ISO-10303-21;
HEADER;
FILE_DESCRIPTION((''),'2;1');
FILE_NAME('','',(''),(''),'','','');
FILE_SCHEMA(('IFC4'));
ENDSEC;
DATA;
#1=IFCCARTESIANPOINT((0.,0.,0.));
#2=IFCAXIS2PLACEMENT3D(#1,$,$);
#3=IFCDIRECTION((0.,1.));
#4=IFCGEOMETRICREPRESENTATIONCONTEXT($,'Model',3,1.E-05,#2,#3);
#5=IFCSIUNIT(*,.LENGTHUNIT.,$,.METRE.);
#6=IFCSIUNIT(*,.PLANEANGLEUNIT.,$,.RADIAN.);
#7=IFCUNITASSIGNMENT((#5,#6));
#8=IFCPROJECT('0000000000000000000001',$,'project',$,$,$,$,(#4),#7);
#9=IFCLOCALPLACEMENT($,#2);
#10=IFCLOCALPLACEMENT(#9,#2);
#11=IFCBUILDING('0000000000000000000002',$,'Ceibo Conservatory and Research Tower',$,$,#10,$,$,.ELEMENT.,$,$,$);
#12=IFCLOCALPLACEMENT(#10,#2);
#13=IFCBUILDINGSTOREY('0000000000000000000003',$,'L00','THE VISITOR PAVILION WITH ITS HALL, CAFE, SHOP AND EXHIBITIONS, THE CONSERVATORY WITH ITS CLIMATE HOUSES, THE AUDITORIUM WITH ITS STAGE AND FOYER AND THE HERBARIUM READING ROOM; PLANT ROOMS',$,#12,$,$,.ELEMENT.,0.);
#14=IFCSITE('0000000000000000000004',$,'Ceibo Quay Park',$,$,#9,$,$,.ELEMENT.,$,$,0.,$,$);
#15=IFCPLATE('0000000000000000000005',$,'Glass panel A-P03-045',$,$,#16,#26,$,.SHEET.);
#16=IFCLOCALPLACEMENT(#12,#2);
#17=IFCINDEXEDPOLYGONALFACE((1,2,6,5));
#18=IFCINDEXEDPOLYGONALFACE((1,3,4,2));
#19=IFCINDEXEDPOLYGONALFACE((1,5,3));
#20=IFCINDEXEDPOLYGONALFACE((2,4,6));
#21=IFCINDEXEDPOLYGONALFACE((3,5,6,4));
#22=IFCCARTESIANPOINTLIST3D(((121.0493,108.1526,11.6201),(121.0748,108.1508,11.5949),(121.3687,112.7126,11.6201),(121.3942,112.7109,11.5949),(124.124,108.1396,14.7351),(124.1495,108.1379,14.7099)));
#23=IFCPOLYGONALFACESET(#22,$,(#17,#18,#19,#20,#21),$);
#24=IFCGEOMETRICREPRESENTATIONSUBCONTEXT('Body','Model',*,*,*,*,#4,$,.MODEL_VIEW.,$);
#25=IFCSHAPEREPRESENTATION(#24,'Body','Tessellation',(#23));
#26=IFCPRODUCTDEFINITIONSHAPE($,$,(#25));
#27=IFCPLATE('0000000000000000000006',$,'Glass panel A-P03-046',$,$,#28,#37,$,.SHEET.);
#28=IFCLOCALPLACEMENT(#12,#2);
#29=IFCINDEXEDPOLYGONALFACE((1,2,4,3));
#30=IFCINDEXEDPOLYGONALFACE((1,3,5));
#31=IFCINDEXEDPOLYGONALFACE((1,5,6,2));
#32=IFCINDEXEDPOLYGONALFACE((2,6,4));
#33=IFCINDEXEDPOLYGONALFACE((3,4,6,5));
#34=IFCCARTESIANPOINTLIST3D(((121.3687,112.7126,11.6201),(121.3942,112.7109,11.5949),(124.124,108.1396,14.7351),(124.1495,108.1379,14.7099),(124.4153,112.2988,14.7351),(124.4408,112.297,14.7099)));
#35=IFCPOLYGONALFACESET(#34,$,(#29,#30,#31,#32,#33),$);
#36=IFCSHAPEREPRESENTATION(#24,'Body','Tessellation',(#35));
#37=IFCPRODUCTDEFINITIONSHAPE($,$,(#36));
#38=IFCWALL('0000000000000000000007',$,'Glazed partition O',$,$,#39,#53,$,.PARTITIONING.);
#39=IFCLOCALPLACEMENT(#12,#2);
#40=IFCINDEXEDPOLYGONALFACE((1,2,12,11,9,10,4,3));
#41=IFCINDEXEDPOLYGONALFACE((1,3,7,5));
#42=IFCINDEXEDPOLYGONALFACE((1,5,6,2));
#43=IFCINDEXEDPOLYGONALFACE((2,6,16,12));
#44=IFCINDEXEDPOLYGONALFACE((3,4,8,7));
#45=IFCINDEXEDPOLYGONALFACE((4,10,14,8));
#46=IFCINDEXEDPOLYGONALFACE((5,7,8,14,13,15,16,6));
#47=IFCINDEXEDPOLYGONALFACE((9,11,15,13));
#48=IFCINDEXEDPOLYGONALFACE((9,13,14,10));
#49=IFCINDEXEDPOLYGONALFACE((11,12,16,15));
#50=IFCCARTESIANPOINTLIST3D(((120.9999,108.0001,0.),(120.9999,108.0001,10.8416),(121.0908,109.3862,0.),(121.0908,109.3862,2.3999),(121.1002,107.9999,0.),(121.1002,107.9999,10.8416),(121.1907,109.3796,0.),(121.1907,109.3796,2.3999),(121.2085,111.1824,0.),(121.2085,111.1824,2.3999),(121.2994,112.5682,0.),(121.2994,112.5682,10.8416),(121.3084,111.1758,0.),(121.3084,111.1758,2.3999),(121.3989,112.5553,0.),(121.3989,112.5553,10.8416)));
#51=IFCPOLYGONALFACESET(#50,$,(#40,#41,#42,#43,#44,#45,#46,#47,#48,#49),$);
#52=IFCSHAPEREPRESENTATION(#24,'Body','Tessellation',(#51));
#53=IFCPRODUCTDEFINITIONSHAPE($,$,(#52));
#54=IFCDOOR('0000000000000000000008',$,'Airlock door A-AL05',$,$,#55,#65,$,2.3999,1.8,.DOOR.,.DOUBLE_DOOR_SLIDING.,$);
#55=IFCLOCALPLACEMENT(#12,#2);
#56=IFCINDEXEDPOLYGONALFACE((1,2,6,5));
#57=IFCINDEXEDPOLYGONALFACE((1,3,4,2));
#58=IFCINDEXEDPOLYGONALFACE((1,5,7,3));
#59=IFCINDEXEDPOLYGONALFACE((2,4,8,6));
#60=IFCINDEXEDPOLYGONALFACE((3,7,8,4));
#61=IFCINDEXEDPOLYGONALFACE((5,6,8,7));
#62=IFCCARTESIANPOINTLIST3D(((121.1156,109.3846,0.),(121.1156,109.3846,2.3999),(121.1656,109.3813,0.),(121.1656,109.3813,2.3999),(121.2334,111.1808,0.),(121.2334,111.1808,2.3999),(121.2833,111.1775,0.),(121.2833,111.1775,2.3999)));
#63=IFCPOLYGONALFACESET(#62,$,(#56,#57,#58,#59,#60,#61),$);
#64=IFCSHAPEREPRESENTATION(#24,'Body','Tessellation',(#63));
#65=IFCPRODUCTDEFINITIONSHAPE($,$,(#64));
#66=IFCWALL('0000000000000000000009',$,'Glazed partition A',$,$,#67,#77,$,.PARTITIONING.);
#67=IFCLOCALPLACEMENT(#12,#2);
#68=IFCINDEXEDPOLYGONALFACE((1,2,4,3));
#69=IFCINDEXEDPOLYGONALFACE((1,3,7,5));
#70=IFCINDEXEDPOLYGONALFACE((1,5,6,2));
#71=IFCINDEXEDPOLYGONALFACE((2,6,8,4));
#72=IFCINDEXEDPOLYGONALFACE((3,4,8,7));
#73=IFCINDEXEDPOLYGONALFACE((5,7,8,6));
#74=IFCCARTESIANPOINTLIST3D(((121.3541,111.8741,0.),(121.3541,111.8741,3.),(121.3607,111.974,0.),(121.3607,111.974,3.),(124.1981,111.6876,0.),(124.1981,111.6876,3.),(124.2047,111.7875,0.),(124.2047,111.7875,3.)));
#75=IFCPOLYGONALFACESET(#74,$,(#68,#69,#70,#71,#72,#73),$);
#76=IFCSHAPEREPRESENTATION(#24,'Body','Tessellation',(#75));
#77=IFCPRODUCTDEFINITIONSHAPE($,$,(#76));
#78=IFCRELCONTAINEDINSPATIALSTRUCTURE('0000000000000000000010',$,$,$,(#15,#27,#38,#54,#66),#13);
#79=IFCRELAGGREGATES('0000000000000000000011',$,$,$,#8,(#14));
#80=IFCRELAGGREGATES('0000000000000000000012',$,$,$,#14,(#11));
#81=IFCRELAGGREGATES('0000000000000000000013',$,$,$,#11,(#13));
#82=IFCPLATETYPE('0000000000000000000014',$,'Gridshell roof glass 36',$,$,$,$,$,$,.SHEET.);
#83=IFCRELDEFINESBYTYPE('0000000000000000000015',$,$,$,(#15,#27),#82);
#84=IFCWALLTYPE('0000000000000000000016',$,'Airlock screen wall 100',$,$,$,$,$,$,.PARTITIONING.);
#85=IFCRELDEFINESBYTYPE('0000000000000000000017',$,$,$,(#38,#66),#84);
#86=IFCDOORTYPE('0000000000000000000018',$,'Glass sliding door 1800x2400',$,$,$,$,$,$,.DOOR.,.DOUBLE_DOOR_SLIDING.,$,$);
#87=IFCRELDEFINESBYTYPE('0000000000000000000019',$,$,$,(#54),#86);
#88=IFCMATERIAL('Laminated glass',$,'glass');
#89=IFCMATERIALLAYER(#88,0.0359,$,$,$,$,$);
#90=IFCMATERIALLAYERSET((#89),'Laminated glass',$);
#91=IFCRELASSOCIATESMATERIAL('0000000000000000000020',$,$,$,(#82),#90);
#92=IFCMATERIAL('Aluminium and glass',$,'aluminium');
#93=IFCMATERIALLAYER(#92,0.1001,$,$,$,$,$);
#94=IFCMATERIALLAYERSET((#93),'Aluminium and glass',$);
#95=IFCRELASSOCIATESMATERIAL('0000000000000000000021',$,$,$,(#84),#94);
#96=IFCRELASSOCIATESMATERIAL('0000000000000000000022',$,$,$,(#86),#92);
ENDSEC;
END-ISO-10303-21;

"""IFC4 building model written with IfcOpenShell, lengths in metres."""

from ifc_helpers import new_model, si_unit, direction, frame, frame_2d, origin, place, context, subcontext, project, spatial, polyline, rectangle, outline, extrude, material, layer, layer_set, type_object, element, fill, save


model = new_model("IFC4")

# Units and contexts
model_context = context("Model", 3, precision=1e-05, world=origin(), true_north=direction((0.0, 1.0)))
body_context = subcontext(model_context, "Body", "Model", "MODEL_VIEW")
ifc_project = project(units=[si_unit("LENGTHUNIT", "METRE"), si_unit("PLANEANGLEUNIT", "RADIAN")], contexts=[model_context])

# Site, building, storey
site_placement = place(None, origin())
site = spatial("IfcSite", under=ifc_project, at=site_placement, Name="Ceibo Quay Park", CompositionType="ELEMENT", RefElevation=0.0)
building_placement = place(site_placement, origin())
building = spatial("IfcBuilding", under=site, at=building_placement, Name="Ceibo Conservatory and Research Tower", CompositionType="ELEMENT")
storey_placement = place(building_placement, origin())
storey = spatial("IfcBuildingStorey", under=building, at=storey_placement, Name="L00", Description="THE VISITOR PAVILION WITH ITS HALL, CAFE, SHOP AND EXHIBITIONS, THE CONSERVATORY WITH ITS CLIMATE HOUSES, THE AUDITORIUM WITH ITS STAGE AND FOYER AND THE HERBARIUM READING ROOM; PLANT ROOMS", CompositionType="ELEMENT", Elevation=0.0)

# Shared definitions
ifc_material_1 = material(Name="Aluminium and glass", Category="aluminium")

# Shared definitions
ifc_material_2 = material(Name="Laminated glass", Category="glass")

# Plates
ifc_layer_1 = layer(ifc_material_2, 0.0359)
ifc_layer_set_1 = layer_set([ifc_layer_1], Name="Laminated glass")
plate_type_1 = type_object("IfcPlateType", Name="Gridshell roof glass 36", PredefinedType="SHEET", material=ifc_layer_set_1)
plate_1_placement = place(storey_placement, frame((121.3687, 112.7126, 11.6201), z_axis=(-0.710708, 0.04977, 0.701724), x_axis=(-0.069858, -0.997557, 0.0)))
element("IfcPlate", 1, at=plate_1_placement, inside=storey, type_object=plate_type_1, Name="Glass panel A-P03-045", PredefinedType="SHEET", context=body_context, shape_type="SweptSolid", body=[
    extrude(outline(polyline([(0.0, 0.0), (4.5712, 0.0), (4.3693, 4.3722), (0.0, 0.0)])), origin(), (0.0, 0.0, -1.0), 0.0359),
])
plate_2_placement = place(storey_placement, frame((121.3687, 112.7126, 11.6201), z_axis=(-0.710709, 0.04977, 0.701724), x_axis=(0.445765, -0.739821, 0.503944)))
element("IfcPlate", 2, at=plate_2_placement, inside=storey, type_object=plate_type_1, Name="Glass panel A-P03-046", PredefinedType="SHEET", context=body_context, shape_type="SweptSolid", body=[
    extrude(outline(polyline([(0.0, 0.0), (6.1812, 0.0), (3.234, 2.9492), (0.0, 0.0)])), origin(), (0.0, 0.0, -1.0), 0.0359),
])

# Wall, opening, door
ifc_layer_2 = layer(ifc_material_1, 0.1001)
ifc_layer_set_2 = layer_set([ifc_layer_2], Name="Aluminium and glass")
wall_type = type_object("IfcWallType", Name="Airlock screen wall 100", PredefinedType="PARTITIONING", material=ifc_layer_set_2)
wall_1_placement = place(storey_placement, frame((121.3491, 112.5618, 0.0), z_axis=(0.0, 0.0, 1.0), x_axis=(-0.06542, -0.997858, 0.0)))
wall_1 = element("IfcWall", 3, at=wall_1_placement, inside=storey, type_object=wall_type, Name="Glazed partition O", PredefinedType="PARTITIONING", context=body_context, shape_type="SweptSolid", body=[
    extrude(outline(polyline([(-0.0032, -0.05), (4.5747, -0.05), (4.5684, 0.05), (0.0032, 0.05), (-0.0032, -0.05)])), origin(), (0.0, 0.0, 1.0), 10.8416),
])
opening_placement = place(wall_1_placement, frame((1.3857, 0.0, 0.0)))
opening = element("IfcOpeningElement", 4, at=opening_placement, cuts=wall_1, PredefinedType="OPENING", context=body_context, shape_type="SweptSolid", body=[
    extrude(rectangle(XDim=1.8, YDim=2.3999, at=frame_2d((0.8999, 1.2))), frame((0.0, 0.0601, 0.0), z_axis=(0.0, -1.0, 0.0), x_axis=(1.0, 0.0, 0.0)), (0.0, 0.0, 1.0), 0.1201),
])
door_type = type_object("IfcDoorType", Name="Glass sliding door 1800x2400", OperationType="DOUBLE_DOOR_SLIDING", PredefinedType="DOOR", material=ifc_material_1)
door_placement = place(opening_placement, origin())
door = element("IfcDoor", 5, at=door_placement, inside=storey, type_object=door_type, Name="Airlock door A-AL05", OperationType="DOUBLE_DOOR_SLIDING", OverallHeight=2.3999, OverallWidth=1.8, PredefinedType="DOOR", context=body_context, shape_type="SweptSolid", body=[
    extrude(rectangle(XDim=1.8, YDim=2.3999, at=frame_2d((0.8999, 1.2))), frame((0.0, 0.0249, 0.0), z_axis=(0.0, -1.0, 0.0), x_axis=(1.0, 0.0, 0.0)), (0.0, 0.0, 1.0), 0.05),
])
fill(opening, door)

# Wall
wall_2_placement = place(storey_placement, frame((121.3574, 111.9241, 0.0), z_axis=(0.0, 0.0, 1.0), x_axis=(0.997856, -0.065444, 0.0)))
element("IfcWall", 6, at=wall_2_placement, inside=storey, type_object=wall_type, Name="Glazed partition A", PredefinedType="PARTITIONING", context=body_context, shape_type="SweptSolid", body=[
    extrude(rectangle(XDim=2.8501, YDim=0.1001, at=frame_2d((1.425, 0.0))), origin(), (0.0, 0.0, 1.0), 3.0),
])

save(model, "model.ifc")
